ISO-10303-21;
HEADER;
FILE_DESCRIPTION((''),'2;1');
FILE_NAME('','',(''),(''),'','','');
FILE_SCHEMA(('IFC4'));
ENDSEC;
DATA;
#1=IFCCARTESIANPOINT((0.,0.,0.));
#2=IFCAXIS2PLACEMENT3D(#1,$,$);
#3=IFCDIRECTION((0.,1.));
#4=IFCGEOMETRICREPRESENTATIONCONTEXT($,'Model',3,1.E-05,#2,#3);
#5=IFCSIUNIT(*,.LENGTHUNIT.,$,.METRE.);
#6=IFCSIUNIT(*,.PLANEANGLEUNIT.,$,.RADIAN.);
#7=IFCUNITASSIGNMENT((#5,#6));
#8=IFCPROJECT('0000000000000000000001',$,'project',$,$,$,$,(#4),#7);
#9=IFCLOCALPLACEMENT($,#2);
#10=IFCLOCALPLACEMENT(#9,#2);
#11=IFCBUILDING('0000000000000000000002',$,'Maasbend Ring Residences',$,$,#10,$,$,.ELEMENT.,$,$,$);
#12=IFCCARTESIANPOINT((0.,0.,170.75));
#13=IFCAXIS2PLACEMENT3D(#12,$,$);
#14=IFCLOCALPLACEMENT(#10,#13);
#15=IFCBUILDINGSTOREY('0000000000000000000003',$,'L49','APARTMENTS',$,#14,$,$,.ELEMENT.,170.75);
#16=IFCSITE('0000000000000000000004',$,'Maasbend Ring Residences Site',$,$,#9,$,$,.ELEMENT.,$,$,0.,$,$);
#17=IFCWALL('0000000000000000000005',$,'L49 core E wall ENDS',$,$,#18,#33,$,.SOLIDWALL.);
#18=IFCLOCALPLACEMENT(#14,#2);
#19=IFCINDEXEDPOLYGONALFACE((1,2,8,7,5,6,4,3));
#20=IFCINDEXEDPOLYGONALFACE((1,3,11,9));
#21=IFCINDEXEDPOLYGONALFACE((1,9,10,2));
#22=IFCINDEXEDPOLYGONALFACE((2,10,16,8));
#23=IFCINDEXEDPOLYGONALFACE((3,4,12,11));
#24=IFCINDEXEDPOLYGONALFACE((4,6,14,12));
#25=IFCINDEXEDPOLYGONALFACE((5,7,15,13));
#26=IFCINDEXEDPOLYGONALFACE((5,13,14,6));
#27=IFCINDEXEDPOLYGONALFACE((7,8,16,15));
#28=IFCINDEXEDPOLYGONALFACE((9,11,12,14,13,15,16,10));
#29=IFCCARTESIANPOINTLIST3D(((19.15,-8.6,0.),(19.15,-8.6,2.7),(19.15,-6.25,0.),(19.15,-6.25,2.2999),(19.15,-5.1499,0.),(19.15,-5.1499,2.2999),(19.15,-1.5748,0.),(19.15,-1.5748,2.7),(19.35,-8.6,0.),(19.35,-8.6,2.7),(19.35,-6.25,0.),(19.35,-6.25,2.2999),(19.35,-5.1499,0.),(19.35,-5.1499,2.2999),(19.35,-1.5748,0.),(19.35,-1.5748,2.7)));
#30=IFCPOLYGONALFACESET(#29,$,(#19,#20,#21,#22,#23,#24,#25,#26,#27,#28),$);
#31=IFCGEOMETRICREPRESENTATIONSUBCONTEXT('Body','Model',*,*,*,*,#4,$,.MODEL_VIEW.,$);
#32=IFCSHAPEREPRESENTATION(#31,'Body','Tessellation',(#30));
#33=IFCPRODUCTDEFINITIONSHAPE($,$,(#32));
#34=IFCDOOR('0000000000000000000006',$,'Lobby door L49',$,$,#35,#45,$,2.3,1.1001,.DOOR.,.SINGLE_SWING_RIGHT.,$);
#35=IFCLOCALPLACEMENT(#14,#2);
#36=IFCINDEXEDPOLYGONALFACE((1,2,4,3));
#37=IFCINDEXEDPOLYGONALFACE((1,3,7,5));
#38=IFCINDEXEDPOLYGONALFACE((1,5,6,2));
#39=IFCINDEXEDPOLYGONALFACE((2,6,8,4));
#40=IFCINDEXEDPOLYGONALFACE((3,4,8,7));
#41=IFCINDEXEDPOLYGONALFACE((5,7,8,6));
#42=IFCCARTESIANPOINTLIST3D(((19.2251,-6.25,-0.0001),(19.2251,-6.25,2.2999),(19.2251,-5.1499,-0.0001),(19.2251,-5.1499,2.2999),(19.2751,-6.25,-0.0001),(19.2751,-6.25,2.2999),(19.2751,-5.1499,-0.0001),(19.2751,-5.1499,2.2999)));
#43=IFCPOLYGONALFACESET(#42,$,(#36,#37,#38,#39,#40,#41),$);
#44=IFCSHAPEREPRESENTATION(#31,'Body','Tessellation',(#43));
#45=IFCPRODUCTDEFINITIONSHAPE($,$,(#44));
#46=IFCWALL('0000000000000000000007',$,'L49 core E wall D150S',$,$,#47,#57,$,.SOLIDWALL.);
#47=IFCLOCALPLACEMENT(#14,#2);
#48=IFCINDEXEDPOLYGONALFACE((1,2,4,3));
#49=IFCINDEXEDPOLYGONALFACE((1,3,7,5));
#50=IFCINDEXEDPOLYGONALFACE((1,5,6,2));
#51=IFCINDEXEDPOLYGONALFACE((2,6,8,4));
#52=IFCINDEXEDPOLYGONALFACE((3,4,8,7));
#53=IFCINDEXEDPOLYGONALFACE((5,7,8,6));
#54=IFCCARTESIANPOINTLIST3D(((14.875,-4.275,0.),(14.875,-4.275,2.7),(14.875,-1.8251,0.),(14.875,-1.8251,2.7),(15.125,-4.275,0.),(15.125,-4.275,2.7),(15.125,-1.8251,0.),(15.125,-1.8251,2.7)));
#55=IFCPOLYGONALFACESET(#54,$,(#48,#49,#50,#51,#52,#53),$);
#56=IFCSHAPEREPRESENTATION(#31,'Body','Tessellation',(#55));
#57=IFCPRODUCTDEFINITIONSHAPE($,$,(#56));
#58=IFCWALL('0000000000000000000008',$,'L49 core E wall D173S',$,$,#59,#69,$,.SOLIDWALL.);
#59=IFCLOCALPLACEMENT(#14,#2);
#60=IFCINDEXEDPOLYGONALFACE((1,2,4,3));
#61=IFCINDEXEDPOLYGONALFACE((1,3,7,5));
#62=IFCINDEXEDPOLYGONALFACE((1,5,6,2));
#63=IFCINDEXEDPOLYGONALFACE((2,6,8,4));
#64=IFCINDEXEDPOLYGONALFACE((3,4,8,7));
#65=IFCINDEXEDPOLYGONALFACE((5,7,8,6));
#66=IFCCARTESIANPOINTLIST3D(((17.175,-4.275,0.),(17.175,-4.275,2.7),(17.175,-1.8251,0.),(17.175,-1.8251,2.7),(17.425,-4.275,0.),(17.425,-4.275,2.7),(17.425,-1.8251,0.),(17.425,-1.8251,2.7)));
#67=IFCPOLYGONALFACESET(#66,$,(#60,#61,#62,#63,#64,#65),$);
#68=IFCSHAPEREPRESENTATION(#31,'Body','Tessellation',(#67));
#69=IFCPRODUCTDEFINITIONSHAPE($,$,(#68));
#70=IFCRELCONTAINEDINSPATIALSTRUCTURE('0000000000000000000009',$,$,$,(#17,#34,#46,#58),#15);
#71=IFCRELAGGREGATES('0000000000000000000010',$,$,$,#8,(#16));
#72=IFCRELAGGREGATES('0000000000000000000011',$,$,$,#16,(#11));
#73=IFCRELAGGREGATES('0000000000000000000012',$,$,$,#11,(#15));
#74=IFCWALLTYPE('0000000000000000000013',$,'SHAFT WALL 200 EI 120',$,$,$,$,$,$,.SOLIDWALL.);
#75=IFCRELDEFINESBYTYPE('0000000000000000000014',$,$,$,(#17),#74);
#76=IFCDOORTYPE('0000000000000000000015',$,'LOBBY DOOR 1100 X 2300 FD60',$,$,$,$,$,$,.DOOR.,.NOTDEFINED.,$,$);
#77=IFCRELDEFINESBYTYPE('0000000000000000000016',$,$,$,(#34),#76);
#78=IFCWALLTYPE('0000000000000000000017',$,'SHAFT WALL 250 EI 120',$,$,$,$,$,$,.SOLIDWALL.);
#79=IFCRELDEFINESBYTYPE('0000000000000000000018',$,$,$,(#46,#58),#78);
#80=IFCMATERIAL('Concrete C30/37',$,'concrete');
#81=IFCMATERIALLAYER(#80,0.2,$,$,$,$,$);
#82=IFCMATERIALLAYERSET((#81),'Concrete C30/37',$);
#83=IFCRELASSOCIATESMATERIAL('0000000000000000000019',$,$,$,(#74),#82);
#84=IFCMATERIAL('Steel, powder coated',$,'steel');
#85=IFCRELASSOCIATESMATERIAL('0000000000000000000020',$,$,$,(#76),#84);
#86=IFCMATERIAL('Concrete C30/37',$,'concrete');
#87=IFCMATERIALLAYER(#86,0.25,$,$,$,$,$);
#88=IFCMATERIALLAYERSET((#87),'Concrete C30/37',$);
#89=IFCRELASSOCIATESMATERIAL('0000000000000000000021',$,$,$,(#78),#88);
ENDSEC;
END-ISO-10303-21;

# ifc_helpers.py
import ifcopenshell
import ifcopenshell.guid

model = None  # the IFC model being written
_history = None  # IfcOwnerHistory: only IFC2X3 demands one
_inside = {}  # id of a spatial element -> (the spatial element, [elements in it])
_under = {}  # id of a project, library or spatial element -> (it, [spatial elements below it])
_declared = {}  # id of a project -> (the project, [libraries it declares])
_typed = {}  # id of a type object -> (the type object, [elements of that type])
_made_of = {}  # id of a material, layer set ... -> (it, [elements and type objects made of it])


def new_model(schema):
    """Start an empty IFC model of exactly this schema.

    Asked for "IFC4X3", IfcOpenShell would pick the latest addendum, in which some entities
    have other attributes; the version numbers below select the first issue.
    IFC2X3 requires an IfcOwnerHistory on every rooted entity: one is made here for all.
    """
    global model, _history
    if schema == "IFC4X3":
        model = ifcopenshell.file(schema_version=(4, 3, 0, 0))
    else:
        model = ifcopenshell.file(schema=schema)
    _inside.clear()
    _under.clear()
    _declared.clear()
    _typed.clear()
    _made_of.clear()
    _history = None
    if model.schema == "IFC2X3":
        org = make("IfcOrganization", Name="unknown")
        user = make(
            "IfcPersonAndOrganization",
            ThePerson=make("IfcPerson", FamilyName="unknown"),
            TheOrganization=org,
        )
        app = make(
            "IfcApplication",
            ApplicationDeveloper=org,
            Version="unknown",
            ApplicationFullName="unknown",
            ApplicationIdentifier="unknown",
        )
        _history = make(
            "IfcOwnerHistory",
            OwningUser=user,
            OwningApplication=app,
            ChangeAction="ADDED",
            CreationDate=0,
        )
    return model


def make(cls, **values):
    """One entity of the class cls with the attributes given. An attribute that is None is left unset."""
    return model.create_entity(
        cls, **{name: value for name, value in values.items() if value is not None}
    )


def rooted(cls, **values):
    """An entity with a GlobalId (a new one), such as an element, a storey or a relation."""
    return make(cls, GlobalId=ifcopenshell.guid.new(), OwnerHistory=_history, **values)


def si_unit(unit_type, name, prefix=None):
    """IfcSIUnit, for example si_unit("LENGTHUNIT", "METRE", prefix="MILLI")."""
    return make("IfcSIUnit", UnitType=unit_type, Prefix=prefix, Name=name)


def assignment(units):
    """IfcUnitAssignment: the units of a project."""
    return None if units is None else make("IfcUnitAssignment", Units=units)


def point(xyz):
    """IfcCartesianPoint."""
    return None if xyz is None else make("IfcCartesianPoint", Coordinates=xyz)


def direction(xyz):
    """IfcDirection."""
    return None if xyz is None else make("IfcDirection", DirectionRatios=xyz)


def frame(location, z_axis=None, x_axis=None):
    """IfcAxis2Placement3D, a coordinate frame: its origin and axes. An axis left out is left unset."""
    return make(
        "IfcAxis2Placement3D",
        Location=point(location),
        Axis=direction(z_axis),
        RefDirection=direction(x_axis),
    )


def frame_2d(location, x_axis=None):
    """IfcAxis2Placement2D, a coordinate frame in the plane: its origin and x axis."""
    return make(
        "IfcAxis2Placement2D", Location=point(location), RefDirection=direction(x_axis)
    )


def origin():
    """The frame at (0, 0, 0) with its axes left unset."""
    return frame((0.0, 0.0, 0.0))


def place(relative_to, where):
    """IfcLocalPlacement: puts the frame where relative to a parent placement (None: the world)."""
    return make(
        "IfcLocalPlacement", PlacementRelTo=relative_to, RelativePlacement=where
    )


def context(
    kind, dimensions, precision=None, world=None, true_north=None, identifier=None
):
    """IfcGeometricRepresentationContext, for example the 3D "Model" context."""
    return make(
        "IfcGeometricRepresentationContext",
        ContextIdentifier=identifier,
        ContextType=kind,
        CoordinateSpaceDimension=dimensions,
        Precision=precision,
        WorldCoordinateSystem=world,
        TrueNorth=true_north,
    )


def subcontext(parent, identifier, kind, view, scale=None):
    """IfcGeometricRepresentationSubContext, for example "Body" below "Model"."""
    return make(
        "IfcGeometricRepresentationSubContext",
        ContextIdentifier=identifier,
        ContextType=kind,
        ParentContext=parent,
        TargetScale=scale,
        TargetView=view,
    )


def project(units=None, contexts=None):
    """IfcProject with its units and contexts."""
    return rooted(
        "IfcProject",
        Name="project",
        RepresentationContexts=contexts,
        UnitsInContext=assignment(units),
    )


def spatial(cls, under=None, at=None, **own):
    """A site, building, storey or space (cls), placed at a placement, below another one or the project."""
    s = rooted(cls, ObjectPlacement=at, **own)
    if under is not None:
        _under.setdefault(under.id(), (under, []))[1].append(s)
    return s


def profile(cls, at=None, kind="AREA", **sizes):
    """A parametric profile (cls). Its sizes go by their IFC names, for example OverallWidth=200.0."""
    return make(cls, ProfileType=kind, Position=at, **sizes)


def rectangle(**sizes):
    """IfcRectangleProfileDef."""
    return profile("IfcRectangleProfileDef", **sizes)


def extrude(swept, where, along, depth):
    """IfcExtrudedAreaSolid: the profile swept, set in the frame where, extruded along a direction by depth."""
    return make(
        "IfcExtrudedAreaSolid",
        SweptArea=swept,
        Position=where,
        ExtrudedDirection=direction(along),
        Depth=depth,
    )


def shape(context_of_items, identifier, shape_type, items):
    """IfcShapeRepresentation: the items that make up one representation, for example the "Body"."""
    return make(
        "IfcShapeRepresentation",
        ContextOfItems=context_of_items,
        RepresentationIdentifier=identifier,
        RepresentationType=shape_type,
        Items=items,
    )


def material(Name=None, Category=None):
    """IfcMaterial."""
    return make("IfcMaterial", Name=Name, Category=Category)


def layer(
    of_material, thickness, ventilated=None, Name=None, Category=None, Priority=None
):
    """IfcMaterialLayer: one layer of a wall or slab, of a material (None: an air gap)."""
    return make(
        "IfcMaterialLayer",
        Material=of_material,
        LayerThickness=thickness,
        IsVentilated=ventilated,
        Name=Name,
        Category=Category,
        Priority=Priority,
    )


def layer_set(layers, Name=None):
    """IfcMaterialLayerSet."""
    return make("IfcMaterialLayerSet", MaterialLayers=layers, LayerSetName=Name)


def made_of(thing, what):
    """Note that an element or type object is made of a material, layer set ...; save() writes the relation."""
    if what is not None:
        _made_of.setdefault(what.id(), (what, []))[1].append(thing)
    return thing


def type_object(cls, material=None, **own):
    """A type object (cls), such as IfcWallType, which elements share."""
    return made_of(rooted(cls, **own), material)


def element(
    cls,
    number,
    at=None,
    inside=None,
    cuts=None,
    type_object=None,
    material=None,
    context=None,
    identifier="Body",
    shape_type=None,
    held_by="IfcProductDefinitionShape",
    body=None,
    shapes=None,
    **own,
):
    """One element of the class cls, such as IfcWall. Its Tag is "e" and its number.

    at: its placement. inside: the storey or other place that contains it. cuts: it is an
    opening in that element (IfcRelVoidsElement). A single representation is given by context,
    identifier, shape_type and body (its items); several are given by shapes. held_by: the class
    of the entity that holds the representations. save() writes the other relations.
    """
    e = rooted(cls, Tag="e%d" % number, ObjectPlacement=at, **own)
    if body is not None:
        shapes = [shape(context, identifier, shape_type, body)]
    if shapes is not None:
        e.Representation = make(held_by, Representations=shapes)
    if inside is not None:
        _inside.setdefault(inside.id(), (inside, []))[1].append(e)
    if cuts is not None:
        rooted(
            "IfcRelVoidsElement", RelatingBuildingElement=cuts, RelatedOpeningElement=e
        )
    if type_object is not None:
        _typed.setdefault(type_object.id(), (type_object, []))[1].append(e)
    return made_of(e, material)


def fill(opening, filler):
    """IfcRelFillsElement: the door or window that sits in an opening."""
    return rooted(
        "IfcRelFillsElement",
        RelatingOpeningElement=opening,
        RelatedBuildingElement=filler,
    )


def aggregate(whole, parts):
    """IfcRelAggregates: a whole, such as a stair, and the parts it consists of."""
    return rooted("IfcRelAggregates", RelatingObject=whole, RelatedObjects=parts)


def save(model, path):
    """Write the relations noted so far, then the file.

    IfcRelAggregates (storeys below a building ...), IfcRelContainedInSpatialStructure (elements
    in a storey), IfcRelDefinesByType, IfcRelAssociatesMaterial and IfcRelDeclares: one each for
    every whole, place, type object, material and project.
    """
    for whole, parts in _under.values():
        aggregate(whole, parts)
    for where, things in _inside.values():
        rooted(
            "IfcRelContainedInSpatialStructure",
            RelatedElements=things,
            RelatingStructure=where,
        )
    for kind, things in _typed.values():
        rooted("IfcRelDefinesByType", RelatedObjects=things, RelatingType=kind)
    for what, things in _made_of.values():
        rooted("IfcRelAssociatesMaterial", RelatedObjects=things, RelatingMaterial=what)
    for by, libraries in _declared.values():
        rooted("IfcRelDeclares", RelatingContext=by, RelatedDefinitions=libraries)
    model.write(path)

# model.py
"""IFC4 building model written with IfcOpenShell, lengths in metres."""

from ifc_helpers import new_model, si_unit, direction, frame, frame_2d, origin, place, context, subcontext, project, spatial, rectangle, extrude, material, layer, layer_set, type_object, element, fill, save


model = new_model("IFC4")

# Units and contexts
model_context = context("Model", 3, precision=1e-05, world=origin(), true_north=direction((0.0, 1.0)))
body_context = subcontext(model_context, "Body", "Model", "MODEL_VIEW")
ifc_project = project(units=[si_unit("LENGTHUNIT", "METRE"), si_unit("PLANEANGLEUNIT", "RADIAN")], contexts=[model_context])

# Site, building, storey
site_placement = place(None, origin())
site = spatial("IfcSite", under=ifc_project, at=site_placement, Name="Maasbend Ring Residences Site", CompositionType="ELEMENT", RefElevation=0.0)
building_placement = place(site_placement, origin())
building = spatial("IfcBuilding", under=site, at=building_placement, Name="Maasbend Ring Residences", CompositionType="ELEMENT")
storey_placement = place(building_placement, frame((0.0, 0.0, 170.75)))
storey = spatial("IfcBuildingStorey", under=building, at=storey_placement, Name="L49", Description="APARTMENTS", CompositionType="ELEMENT", Elevation=170.75)

# Wall, opening, door
ifc_material_1 = material(Name="Concrete C30/37", Category="concrete")
ifc_layer_1 = layer(ifc_material_1, 0.2)
ifc_layer_set_1 = layer_set([ifc_layer_1], Name="Concrete C30/37")
wall_type_1 = type_object("IfcWallType", Name="SHAFT WALL 200 EI 120", PredefinedType="SOLIDWALL", material=ifc_layer_set_1)
wall_1_placement = place(storey_placement, frame((19.25, -8.6001, 0.0), z_axis=(0.0, 0.0, 1.0), x_axis=(0.0, 1.0, 0.0)))
wall_1 = element("IfcWall", 1, at=wall_1_placement, inside=storey, type_object=wall_type_1, Name="L49 core E wall ENDS", PredefinedType="SOLIDWALL", context=body_context, shape_type="SweptSolid", body=[
    extrude(rectangle(XDim=7.0251, YDim=0.2, at=frame_2d((3.5127, 0.0))), origin(), (0.0, 0.0, 1.0), 2.7),
])
opening_1_placement = place(wall_1_placement, frame((2.3501, 0.0, 0.0)))
opening_1 = element("IfcOpeningElement", 2, at=opening_1_placement, cuts=wall_1, PredefinedType="OPENING", context=body_context, shape_type="SweptSolid", body=[
    extrude(rectangle(XDim=1.1001, YDim=2.3, at=frame_2d((0.55, 1.1499))), frame((0.0, 0.1099, 0.0), z_axis=(0.0, -1.0, 0.0), x_axis=(1.0, 0.0, 0.0)), (0.0, 0.0, 1.0), 0.22),
])
ifc_material_2 = material(Name="Steel, powder coated", Category="steel")
door_type_1 = type_object("IfcDoorType", Name="LOBBY DOOR 1100 X 2300 FD60", OperationType="NOTDEFINED", PredefinedType="DOOR", material=ifc_material_2)
door_1_placement = place(opening_1_placement, origin())
door_1 = element("IfcDoor", 3, at=door_1_placement, inside=storey, type_object=door_type_1, Name="Lobby door L49", OperationType="SINGLE_SWING_RIGHT", OverallHeight=2.3, OverallWidth=1.1001, PredefinedType="DOOR", context=body_context, shape_type="SweptSolid", body=[
    extrude(rectangle(XDim=1.1001, YDim=2.3, at=frame_2d((0.55, 1.1499))), frame((0.0, 0.0249, 0.0), z_axis=(0.0, -1.0, 0.0), x_axis=(1.0, 0.0, 0.0)), (0.0, 0.0, 1.0), 0.05),
])
fill(opening_1, door_1)

# Walls
ifc_material_3 = material(Name="Concrete C30/37", Category="concrete")
ifc_layer_2 = layer(ifc_material_3, 0.25)
ifc_layer_set_2 = layer_set([ifc_layer_2], Name="Concrete C30/37")
wall_type_2 = type_object("IfcWallType", Name="SHAFT WALL 250 EI 120", PredefinedType="SOLIDWALL", material=ifc_layer_set_2)
for number, where, z_axis, x_axis, name in (
    (4, (15.0, -1.825, 0.0), (0.0, 0.0, 1.0), (0.0, -1.0, 0.0), "L49 core E wall D150S"),
    (5, (17.3, -1.825, 0.0), (0.0, 0.0, 1.0), (0.0, -1.0, 0.0), "L49 core E wall D173S"),
):
    element("IfcWall", number, at=place(storey_placement, frame(where, z_axis=z_axis, x_axis=x_axis)), inside=storey, type_object=wall_type_2, Name=name, PredefinedType="SOLIDWALL", context=body_context, shape_type="SweptSolid", body=[
        extrude(rectangle(XDim=2.45, YDim=0.25, at=frame_2d((1.2251, 0.0))), origin(), (0.0, 0.0, 1.0), 2.7),
    ])

save(model, "model.ifc")
